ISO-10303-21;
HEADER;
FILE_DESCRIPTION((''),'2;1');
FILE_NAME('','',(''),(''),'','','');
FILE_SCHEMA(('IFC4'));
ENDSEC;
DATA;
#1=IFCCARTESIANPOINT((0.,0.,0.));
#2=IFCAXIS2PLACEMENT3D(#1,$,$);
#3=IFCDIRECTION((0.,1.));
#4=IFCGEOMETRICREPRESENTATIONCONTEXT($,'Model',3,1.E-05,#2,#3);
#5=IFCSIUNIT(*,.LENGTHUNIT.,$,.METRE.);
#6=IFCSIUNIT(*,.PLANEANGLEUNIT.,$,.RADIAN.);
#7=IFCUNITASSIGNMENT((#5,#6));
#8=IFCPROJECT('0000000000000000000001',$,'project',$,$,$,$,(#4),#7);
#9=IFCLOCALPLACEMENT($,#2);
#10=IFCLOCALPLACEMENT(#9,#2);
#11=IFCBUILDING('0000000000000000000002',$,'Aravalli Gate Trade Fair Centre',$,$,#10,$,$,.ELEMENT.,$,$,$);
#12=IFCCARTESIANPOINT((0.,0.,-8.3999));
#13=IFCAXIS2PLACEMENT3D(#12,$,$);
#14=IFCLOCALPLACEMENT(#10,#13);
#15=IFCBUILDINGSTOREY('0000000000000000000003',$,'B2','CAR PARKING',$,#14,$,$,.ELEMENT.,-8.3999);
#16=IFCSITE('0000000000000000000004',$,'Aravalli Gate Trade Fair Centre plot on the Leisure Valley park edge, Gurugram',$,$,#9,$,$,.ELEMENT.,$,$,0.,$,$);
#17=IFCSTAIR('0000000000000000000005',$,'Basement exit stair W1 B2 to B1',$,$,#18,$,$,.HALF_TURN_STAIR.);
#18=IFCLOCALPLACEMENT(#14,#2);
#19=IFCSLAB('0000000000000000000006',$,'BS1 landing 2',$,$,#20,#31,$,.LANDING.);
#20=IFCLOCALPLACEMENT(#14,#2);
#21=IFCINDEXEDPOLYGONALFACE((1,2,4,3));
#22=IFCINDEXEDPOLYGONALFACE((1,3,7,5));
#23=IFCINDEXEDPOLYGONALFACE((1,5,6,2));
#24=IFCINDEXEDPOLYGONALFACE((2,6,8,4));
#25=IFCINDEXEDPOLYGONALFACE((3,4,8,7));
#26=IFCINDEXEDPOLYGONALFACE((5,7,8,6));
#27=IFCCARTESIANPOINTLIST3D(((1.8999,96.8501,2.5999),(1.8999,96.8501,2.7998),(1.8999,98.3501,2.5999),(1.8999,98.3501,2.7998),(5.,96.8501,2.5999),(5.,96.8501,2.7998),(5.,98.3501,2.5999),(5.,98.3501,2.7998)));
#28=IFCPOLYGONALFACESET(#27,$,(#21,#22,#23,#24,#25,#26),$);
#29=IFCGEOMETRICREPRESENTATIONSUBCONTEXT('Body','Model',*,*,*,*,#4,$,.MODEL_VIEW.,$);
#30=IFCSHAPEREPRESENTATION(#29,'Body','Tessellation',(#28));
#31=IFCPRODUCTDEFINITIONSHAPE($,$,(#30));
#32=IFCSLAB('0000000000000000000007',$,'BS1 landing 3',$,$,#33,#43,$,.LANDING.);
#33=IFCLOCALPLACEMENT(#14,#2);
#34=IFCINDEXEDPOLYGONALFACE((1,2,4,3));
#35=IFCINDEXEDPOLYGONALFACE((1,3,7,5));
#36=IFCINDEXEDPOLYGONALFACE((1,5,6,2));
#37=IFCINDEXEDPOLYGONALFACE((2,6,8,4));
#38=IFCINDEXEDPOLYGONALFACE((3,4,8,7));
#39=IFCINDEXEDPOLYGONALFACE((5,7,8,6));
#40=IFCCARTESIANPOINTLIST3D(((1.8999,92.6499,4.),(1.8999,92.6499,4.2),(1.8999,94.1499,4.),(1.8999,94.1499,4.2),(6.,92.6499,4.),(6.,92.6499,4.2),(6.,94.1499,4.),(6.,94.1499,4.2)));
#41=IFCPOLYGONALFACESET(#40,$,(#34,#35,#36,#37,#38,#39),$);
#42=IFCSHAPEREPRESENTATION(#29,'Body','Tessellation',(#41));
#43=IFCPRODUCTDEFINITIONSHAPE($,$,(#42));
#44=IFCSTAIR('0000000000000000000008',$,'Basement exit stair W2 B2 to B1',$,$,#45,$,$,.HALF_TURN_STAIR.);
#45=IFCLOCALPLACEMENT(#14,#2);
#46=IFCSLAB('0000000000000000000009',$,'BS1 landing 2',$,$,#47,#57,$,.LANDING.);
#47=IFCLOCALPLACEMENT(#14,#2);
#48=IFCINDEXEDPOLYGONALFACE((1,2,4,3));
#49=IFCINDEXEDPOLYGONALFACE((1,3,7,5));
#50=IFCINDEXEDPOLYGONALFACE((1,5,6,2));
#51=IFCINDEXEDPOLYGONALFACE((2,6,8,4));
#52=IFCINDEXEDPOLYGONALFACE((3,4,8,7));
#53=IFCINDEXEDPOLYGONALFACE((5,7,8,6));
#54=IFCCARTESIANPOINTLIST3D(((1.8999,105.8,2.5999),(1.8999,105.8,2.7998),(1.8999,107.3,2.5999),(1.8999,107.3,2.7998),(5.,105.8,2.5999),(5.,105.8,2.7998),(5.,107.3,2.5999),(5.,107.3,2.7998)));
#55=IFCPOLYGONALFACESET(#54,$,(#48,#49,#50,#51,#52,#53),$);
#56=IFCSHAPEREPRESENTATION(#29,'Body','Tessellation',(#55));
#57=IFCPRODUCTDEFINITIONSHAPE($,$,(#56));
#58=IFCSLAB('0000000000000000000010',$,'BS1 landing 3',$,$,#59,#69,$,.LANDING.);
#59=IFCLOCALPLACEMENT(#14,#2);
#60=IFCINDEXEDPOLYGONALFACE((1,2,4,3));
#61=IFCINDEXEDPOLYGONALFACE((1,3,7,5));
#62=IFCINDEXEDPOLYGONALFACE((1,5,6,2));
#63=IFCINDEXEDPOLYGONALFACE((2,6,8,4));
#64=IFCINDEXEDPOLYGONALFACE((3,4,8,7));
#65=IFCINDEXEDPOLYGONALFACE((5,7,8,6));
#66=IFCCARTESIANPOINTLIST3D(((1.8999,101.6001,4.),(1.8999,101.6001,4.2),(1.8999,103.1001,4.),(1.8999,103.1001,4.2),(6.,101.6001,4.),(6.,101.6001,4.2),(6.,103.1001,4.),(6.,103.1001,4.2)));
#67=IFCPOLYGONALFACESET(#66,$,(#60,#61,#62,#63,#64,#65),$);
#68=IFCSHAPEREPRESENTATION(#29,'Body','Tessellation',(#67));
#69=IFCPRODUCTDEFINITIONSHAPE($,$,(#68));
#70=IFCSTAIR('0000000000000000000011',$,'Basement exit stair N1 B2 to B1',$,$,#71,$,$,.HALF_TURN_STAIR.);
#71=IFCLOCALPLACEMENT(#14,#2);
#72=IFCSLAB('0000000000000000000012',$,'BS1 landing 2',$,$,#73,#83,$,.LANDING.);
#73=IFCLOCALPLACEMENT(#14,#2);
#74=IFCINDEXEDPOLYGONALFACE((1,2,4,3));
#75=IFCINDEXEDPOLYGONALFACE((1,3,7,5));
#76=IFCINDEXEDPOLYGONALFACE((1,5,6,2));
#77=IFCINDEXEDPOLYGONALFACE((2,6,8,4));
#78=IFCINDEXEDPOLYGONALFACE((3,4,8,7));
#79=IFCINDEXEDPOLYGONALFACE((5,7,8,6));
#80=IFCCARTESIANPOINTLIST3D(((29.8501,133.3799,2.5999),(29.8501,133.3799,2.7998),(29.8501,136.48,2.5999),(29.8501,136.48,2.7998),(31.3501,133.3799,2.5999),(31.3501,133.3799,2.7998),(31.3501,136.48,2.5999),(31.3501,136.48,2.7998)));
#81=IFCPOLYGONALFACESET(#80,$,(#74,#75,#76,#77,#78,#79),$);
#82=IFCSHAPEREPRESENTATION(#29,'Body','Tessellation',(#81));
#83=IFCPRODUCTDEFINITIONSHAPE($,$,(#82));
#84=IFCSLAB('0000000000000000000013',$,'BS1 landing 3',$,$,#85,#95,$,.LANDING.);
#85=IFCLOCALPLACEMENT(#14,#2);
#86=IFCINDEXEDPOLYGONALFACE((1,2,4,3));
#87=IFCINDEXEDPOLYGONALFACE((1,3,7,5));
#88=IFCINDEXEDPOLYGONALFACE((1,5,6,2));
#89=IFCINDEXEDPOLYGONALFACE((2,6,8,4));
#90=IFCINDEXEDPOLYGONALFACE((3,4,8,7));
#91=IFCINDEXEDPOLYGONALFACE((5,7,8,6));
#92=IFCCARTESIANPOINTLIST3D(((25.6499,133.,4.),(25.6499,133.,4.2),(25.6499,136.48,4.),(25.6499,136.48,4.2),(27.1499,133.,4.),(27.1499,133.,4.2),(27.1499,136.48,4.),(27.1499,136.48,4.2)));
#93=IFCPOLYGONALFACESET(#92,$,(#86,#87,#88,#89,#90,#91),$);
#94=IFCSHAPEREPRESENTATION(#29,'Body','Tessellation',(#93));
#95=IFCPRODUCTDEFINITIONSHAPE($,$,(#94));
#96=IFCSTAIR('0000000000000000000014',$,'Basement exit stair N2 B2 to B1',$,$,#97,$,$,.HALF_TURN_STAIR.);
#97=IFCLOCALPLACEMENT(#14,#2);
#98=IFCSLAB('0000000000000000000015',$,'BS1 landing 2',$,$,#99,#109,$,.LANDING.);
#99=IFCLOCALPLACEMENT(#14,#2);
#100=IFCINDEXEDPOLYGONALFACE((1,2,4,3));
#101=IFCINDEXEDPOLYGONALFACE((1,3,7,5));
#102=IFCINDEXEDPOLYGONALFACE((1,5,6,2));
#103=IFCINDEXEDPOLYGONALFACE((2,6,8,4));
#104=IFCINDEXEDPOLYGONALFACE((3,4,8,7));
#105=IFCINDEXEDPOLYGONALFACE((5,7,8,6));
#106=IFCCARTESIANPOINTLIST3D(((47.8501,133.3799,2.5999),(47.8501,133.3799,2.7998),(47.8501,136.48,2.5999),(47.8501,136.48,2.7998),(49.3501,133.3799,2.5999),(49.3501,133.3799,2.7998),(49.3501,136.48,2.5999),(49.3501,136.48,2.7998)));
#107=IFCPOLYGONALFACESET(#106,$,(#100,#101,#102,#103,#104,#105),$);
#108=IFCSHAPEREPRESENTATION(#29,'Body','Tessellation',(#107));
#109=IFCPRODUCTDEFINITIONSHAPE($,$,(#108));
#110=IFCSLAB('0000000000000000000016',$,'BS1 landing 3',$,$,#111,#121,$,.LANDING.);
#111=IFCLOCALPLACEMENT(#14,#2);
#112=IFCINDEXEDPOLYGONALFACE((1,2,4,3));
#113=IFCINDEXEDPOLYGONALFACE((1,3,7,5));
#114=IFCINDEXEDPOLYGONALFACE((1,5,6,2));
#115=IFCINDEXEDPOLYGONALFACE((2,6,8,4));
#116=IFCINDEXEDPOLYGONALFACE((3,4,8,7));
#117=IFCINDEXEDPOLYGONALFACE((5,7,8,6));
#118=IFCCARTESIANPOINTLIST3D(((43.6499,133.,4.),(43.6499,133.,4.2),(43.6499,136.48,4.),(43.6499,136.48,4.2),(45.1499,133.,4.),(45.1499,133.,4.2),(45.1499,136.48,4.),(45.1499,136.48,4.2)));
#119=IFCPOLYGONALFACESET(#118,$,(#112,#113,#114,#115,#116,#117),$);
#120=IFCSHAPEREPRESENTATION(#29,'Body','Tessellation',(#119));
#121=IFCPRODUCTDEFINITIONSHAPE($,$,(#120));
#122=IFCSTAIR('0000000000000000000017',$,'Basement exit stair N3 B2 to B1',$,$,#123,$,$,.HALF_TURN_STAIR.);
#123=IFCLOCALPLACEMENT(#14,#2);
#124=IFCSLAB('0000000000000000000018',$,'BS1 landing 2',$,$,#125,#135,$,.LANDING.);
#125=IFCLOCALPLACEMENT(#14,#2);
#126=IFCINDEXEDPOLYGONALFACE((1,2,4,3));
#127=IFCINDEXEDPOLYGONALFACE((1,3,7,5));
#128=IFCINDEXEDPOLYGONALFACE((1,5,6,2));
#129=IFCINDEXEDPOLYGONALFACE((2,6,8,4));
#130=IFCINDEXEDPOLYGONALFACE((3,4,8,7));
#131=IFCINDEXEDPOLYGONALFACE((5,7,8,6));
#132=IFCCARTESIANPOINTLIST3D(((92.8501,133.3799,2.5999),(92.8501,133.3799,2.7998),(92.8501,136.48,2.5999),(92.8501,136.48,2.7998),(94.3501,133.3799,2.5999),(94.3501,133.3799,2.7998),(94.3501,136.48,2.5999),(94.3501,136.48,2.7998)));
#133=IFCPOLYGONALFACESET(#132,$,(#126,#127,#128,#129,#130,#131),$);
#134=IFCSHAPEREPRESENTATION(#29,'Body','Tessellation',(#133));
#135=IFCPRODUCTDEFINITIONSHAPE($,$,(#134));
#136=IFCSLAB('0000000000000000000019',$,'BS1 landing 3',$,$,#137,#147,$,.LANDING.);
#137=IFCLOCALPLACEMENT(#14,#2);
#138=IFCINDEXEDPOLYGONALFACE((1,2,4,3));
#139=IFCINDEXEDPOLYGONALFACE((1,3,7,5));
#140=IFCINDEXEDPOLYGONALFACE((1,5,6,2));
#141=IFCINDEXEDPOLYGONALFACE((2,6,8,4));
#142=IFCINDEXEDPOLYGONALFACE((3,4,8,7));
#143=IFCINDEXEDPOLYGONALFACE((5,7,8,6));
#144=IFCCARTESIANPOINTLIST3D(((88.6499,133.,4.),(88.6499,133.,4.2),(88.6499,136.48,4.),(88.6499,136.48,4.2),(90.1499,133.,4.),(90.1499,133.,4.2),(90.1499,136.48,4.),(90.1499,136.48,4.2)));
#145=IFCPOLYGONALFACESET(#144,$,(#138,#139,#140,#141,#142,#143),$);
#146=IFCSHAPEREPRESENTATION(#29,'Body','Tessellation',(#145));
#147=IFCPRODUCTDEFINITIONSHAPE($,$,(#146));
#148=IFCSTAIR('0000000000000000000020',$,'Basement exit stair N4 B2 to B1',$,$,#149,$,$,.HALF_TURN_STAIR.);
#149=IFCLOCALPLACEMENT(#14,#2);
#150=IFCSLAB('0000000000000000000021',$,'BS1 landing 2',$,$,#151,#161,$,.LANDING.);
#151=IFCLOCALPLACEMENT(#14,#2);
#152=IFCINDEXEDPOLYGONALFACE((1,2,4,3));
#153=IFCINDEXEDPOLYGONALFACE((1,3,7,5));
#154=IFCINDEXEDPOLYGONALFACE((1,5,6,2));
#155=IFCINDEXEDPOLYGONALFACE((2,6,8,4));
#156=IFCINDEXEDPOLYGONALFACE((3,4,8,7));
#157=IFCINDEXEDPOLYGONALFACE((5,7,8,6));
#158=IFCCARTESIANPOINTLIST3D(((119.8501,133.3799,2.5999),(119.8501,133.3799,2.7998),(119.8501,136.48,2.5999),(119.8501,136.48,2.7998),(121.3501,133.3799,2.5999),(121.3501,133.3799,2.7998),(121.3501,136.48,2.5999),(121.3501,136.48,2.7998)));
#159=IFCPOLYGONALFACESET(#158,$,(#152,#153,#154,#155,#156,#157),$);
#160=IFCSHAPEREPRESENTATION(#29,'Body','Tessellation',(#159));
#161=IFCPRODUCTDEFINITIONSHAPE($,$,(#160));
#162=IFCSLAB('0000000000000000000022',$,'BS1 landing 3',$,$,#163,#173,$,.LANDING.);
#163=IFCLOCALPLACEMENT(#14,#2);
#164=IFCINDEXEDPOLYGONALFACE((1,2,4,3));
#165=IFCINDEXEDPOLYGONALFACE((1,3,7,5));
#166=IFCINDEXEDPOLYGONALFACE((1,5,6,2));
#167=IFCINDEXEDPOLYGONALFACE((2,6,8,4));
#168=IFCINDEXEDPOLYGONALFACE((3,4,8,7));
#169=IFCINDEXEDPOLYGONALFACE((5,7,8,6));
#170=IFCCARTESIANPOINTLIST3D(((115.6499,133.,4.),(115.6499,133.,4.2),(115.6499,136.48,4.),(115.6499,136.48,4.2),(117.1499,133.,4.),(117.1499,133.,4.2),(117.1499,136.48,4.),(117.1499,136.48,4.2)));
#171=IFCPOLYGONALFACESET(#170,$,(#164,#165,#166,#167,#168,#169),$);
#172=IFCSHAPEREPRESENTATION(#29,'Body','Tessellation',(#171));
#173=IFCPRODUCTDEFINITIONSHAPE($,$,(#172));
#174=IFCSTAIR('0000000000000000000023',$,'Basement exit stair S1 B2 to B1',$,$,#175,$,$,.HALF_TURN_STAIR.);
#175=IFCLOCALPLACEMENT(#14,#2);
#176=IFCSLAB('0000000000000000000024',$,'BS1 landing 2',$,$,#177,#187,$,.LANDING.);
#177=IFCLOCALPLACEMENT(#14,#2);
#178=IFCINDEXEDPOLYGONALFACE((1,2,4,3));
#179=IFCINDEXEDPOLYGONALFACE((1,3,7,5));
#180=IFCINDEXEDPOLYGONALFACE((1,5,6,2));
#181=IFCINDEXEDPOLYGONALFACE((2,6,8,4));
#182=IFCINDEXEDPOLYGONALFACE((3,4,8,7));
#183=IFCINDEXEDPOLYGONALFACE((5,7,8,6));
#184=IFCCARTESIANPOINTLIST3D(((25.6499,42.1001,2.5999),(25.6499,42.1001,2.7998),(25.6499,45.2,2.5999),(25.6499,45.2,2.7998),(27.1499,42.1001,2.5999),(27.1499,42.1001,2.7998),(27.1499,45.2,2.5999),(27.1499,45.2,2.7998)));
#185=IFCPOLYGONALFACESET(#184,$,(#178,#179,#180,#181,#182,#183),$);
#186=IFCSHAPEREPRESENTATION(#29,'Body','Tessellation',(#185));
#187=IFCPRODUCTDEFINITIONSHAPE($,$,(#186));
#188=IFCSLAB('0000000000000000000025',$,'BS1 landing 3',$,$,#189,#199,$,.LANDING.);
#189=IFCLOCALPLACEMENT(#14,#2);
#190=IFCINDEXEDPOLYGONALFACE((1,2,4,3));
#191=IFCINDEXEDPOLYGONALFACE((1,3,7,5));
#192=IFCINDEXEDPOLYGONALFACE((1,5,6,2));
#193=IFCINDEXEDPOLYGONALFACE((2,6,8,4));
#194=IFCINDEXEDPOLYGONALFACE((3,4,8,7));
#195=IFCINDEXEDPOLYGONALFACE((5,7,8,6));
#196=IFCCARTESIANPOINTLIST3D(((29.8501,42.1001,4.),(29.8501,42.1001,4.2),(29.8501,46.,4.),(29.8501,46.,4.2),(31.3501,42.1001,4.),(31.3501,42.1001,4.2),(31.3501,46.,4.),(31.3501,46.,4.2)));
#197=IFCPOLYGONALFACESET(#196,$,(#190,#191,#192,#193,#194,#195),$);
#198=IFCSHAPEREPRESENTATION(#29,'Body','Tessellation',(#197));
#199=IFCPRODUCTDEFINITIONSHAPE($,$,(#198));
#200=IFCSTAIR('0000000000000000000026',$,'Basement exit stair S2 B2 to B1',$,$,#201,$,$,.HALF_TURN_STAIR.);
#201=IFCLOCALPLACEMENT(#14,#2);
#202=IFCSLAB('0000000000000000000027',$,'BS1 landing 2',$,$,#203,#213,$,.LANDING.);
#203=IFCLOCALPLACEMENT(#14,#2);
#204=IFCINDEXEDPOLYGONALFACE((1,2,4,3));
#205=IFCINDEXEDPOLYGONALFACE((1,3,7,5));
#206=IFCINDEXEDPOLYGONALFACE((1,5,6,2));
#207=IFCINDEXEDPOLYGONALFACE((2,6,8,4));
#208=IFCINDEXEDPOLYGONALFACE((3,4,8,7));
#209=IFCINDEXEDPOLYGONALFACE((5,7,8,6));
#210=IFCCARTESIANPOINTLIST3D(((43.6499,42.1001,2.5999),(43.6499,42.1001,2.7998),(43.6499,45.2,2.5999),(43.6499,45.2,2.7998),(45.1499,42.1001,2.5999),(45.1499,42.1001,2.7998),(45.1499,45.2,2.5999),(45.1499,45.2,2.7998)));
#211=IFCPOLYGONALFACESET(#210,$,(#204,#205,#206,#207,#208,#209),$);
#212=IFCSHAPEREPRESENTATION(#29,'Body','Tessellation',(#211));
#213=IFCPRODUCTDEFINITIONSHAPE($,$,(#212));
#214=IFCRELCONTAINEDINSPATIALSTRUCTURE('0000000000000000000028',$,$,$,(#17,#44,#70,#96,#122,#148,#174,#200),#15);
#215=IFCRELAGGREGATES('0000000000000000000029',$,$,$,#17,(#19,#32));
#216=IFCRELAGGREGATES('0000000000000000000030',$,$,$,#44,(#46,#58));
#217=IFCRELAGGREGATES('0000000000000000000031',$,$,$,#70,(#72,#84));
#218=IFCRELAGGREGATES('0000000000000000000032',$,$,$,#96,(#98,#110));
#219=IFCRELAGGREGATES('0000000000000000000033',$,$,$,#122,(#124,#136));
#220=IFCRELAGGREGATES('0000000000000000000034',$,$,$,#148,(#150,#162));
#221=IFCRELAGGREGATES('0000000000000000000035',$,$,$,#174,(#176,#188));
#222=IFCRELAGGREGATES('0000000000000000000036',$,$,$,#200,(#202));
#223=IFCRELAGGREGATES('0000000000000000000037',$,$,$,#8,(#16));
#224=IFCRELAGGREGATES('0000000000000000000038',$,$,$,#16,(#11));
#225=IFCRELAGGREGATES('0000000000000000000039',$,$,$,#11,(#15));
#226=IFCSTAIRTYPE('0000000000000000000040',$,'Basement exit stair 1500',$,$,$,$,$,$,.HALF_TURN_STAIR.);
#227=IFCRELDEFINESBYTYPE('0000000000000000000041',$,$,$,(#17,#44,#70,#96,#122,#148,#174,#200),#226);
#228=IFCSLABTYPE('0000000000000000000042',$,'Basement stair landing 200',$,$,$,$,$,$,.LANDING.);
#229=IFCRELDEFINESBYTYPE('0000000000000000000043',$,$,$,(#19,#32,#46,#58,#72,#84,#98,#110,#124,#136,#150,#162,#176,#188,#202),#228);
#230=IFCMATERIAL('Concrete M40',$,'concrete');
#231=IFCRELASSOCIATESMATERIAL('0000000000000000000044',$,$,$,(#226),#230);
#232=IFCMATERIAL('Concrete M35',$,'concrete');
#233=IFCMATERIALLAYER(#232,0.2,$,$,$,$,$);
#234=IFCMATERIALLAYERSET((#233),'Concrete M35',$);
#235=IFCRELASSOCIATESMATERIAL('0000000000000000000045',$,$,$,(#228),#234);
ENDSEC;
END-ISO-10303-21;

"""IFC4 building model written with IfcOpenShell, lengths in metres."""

from ifc_helpers import new_model, si_unit, direction, frame, origin, place, context, subcontext, project, spatial, polyline, outline, extrude, material, layer, layer_set, type_object, element, aggregate, save


model = new_model("IFC4")

# Units and contexts
model_context = context("Model", 3, precision=1e-05, world=origin(), true_north=direction((0.0, 1.0)))
body_context = subcontext(model_context, "Body", "Model", "MODEL_VIEW")
ifc_project = project(units=[si_unit("LENGTHUNIT", "METRE"), si_unit("PLANEANGLEUNIT", "RADIAN")], contexts=[model_context])

# Site, building, storey
site_placement = place(None, origin())
site = spatial("IfcSite", under=ifc_project, at=site_placement, Name="Aravalli Gate Trade Fair Centre plot on the Leisure Valley park edge, Gurugram", CompositionType="ELEMENT", RefElevation=0.0)
building_placement = place(site_placement, origin())
building = spatial("IfcBuilding", under=site, at=building_placement, Name="Aravalli Gate Trade Fair Centre", CompositionType="ELEMENT")
storey_placement = place(building_placement, frame((0.0, 0.0, -8.3999)))
storey = spatial("IfcBuildingStorey", under=building, at=storey_placement, Name="B2", Description="CAR PARKING", CompositionType="ELEMENT", Elevation=-8.3999)

# Stairs, slabs
ifc_material_1 = material(Name="Concrete M40", Category="concrete")
stair_type = type_object("IfcStairType", Name="Basement exit stair 1500", PredefinedType="HALF_TURN_STAIR", material=ifc_material_1)
stair_1_placement = place(storey_placement, origin())
stair_1 = element("IfcStair", 1, at=stair_1_placement, inside=storey, type_object=stair_type, Name="Basement exit stair W1 B2 to B1", PredefinedType="HALF_TURN_STAIR")
ifc_material_2 = material(Name="Concrete M35", Category="concrete")
ifc_layer = layer(ifc_material_2, 0.2)
ifc_layer_set = layer_set([ifc_layer], Name="Concrete M35")
slab_type = type_object("IfcSlabType", Name="Basement stair landing 200", PredefinedType="LANDING", material=ifc_layer_set)
slab_1_placement = place(storey_placement, frame((0.0, 0.0, 2.5999)))
slab_1 = element("IfcSlab", 2, at=slab_1_placement, type_object=slab_type, Name="BS1 landing 2", PredefinedType="LANDING", context=body_context, shape_type="SweptSolid", body=[
    extrude(outline(polyline([(5.0, 98.3501), (5.0, 96.8501), (1.8999, 96.8501), (1.8999, 98.3501), (5.0, 98.3501)])), origin(), (0.0, 0.0, 1.0), 0.2),
])
slab_2_placement = place(storey_placement, frame((0.0, 0.0, 4.0)))
slab_2 = element("IfcSlab", 3, at=slab_2_placement, type_object=slab_type, Name="BS1 landing 3", PredefinedType="LANDING", context=body_context, shape_type="SweptSolid", body=[
    extrude(outline(polyline([(6.0, 94.1499), (6.0, 92.6499), (1.8999, 92.6499), (1.8999, 94.1499), (6.0, 94.1499)])), origin(), (0.0, 0.0, 1.0), 0.2),
])
aggregate(stair_1, [slab_1, slab_2])
stair_2_placement = place(storey_placement, origin())
stair_2 = element("IfcStair", 4, at=stair_2_placement, inside=storey, type_object=stair_type, Name="Basement exit stair W2 B2 to B1", PredefinedType="HALF_TURN_STAIR")
slab_3_placement = place(storey_placement, frame((0.0, 0.0, 2.5999)))
slab_3 = element("IfcSlab", 5, at=slab_3_placement, type_object=slab_type, Name="BS1 landing 2", PredefinedType="LANDING", context=body_context, shape_type="SweptSolid", body=[
    extrude(outline(polyline([(5.0, 107.3), (5.0, 105.8), (1.8999, 105.8), (1.8999, 107.3), (5.0, 107.3)])), origin(), (0.0, 0.0, 1.0), 0.2),
])
slab_4_placement = place(storey_placement, frame((0.0, 0.0, 4.0)))
slab_4 = element("IfcSlab", 6, at=slab_4_placement, type_object=slab_type, Name="BS1 landing 3", PredefinedType="LANDING", context=body_context, shape_type="SweptSolid", body=[
    extrude(outline(polyline([(6.0, 103.1001), (6.0, 101.6001), (1.8999, 101.6001), (1.8999, 103.1001), (6.0, 103.1001)])), origin(), (0.0, 0.0, 1.0), 0.2),
])
aggregate(stair_2, [slab_3, slab_4])
stair_3_placement = place(storey_placement, origin())
stair_3 = element("IfcStair", 7, at=stair_3_placement, inside=storey, type_object=stair_type, Name="Basement exit stair N1 B2 to B1", PredefinedType="HALF_TURN_STAIR")
slab_5_placement = place(storey_placement, frame((0.0, 0.0, 2.5999)))
slab_5 = element("IfcSlab", 8, at=slab_5_placement, type_object=slab_type, Name="BS1 landing 2", PredefinedType="LANDING", context=body_context, shape_type="SweptSolid", body=[
    extrude(outline(polyline([(31.3501, 133.3799), (29.8501, 133.3799), (29.8501, 136.48), (31.3501, 136.48), (31.3501, 133.3799)])), origin(), (0.0, 0.0, 1.0), 0.2),
])
slab_6_placement = place(storey_placement, frame((0.0, 0.0, 4.0)))
slab_6 = element("IfcSlab", 9, at=slab_6_placement, type_object=slab_type, Name="BS1 landing 3", PredefinedType="LANDING", context=body_context, shape_type="SweptSolid", body=[
    extrude(outline(polyline([(27.1499, 133.0), (25.6499, 133.0), (25.6499, 136.48), (27.1499, 136.48), (27.1499, 133.0)])), origin(), (0.0, 0.0, 1.0), 0.2),
])
aggregate(stair_3, [slab_5, slab_6])
stair_4_placement = place(storey_placement, origin())
stair_4 = element("IfcStair", 10, at=stair_4_placement, inside=storey, type_object=stair_type, Name="Basement exit stair N2 B2 to B1", PredefinedType="HALF_TURN_STAIR")
slab_7_placement = place(storey_placement, frame((0.0, 0.0, 2.5999)))
slab_7 = element("IfcSlab", 11, at=slab_7_placement, type_object=slab_type, Name="BS1 landing 2", PredefinedType="LANDING", context=body_context, shape_type="SweptSolid", body=[
    extrude(outline(polyline([(49.3501, 133.3799), (47.8501, 133.3799), (47.8501, 136.48), (49.3501, 136.48), (49.3501, 133.3799)])), origin(), (0.0, 0.0, 1.0), 0.2),
])
slab_8_placement = place(storey_placement, frame((0.0, 0.0, 4.0)))
slab_8 = element("IfcSlab", 12, at=slab_8_placement, type_object=slab_type, Name="BS1 landing 3", PredefinedType="LANDING", context=body_context, shape_type="SweptSolid", body=[
    extrude(outline(polyline([(45.1499, 133.0), (43.6499, 133.0), (43.6499, 136.48), (45.1499, 136.48), (45.1499, 133.0)])), origin(), (0.0, 0.0, 1.0), 0.2),
])
aggregate(stair_4, [slab_7, slab_8])
stair_5_placement = place(storey_placement, origin())
stair_5 = element("IfcStair", 13, at=stair_5_placement, inside=storey, type_object=stair_type, Name="Basement exit stair N3 B2 to B1", PredefinedType="HALF_TURN_STAIR")
slab_9_placement = place(storey_placement, frame((0.0, 0.0, 2.5999)))
slab_9 = element("IfcSlab", 14, at=slab_9_placement, type_object=slab_type, Name="BS1 landing 2", PredefinedType="LANDING", context=body_context, shape_type="SweptSolid", body=[
    extrude(outline(polyline([(94.3501, 133.3799), (92.8501, 133.3799), (92.8501, 136.48), (94.3501, 136.48), (94.3501, 133.3799)])), origin(), (0.0, 0.0, 1.0), 0.2),
])
slab_10_placement = place(storey_placement, frame((0.0, 0.0, 4.0)))
slab_10 = element("IfcSlab", 15, at=slab_10_placement, type_object=slab_type, Name="BS1 landing 3", PredefinedType="LANDING", context=body_context, shape_type="SweptSolid", body=[
    extrude(outline(polyline([(90.1499, 133.0), (88.6499, 133.0), (88.6499, 136.48), (90.1499, 136.48), (90.1499, 133.0)])), origin(), (0.0, 0.0, 1.0), 0.2),
])
aggregate(stair_5, [slab_9, slab_10])
stair_6_placement = place(storey_placement, origin())
stair_6 = element("IfcStair", 16, at=stair_6_placement, inside=storey, type_object=stair_type, Name="Basement exit stair N4 B2 to B1", PredefinedType="HALF_TURN_STAIR")
slab_11_placement = place(storey_placement, frame((0.0, 0.0, 2.5999)))
slab_11 = element("IfcSlab", 17, at=slab_11_placement, type_object=slab_type, Name="BS1 landing 2", PredefinedType="LANDING", context=body_context, shape_type="SweptSolid", body=[
    extrude(outline(polyline([(121.3501, 133.3799), (119.8501, 133.3799), (119.8501, 136.48), (121.3501, 136.48), (121.3501, 133.3799)])), origin(), (0.0, 0.0, 1.0), 0.2),
])
slab_12_placement = place(storey_placement, frame((0.0, 0.0, 4.0)))
slab_12 = element("IfcSlab", 18, at=slab_12_placement, type_object=slab_type, Name="BS1 landing 3", PredefinedType="LANDING", context=body_context, shape_type="SweptSolid", body=[
    extrude(outline(polyline([(117.1499, 133.0), (115.6499, 133.0), (115.6499, 136.48), (117.1499, 136.48), (117.1499, 133.0)])), origin(), (0.0, 0.0, 1.0), 0.2),
])
aggregate(stair_6, [slab_11, slab_12])
stair_7_placement = place(storey_placement, origin())
stair_7 = element("IfcStair", 19, at=stair_7_placement, inside=storey, type_object=stair_type, Name="Basement exit stair S1 B2 to B1", PredefinedType="HALF_TURN_STAIR")
slab_13_placement = place(storey_placement, frame((0.0, 0.0, 2.5999)))
slab_13 = element("IfcSlab", 20, at=slab_13_placement, type_object=slab_type, Name="BS1 landing 2", PredefinedType="LANDING", context=body_context, shape_type="SweptSolid", body=[
    extrude(outline(polyline([(25.6499, 45.2), (27.1499, 45.2), (27.1499, 42.1001), (25.6499, 42.1001), (25.6499, 45.2)])), origin(), (0.0, 0.0, 1.0), 0.2),
])
slab_14_placement = place(storey_placement, frame((0.0, 0.0, 4.0)))
slab_14 = element("IfcSlab", 21, at=slab_14_placement, type_object=slab_type, Name="BS1 landing 3", PredefinedType="LANDING", context=body_context, shape_type="SweptSolid", body=[
    extrude(outline(polyline([(29.8501, 46.0), (31.3501, 46.0), (31.3501, 42.1001), (29.8501, 42.1001), (29.8501, 46.0)])), origin(), (0.0, 0.0, 1.0), 0.2),
])
aggregate(stair_7, [slab_13, slab_14])
stair_8_placement = place(storey_placement, origin())
stair_8 = element("IfcStair", 22, at=stair_8_placement, inside=storey, type_object=stair_type, Name="Basement exit stair S2 B2 to B1", PredefinedType="HALF_TURN_STAIR")
slab_15_placement = place(storey_placement, frame((0.0, 0.0, 2.5999)))
slab_15 = element("IfcSlab", 23, at=slab_15_placement, type_object=slab_type, Name="BS1 landing 2", PredefinedType="LANDING", context=body_context, shape_type="SweptSolid", body=[
    extrude(outline(polyline([(43.6499, 45.2), (45.1499, 45.2), (45.1499, 42.1001), (43.6499, 42.1001), (43.6499, 45.2)])), origin(), (0.0, 0.0, 1.0), 0.2),
])
aggregate(stair_8, [slab_15])

save(model, "model.ifc")
